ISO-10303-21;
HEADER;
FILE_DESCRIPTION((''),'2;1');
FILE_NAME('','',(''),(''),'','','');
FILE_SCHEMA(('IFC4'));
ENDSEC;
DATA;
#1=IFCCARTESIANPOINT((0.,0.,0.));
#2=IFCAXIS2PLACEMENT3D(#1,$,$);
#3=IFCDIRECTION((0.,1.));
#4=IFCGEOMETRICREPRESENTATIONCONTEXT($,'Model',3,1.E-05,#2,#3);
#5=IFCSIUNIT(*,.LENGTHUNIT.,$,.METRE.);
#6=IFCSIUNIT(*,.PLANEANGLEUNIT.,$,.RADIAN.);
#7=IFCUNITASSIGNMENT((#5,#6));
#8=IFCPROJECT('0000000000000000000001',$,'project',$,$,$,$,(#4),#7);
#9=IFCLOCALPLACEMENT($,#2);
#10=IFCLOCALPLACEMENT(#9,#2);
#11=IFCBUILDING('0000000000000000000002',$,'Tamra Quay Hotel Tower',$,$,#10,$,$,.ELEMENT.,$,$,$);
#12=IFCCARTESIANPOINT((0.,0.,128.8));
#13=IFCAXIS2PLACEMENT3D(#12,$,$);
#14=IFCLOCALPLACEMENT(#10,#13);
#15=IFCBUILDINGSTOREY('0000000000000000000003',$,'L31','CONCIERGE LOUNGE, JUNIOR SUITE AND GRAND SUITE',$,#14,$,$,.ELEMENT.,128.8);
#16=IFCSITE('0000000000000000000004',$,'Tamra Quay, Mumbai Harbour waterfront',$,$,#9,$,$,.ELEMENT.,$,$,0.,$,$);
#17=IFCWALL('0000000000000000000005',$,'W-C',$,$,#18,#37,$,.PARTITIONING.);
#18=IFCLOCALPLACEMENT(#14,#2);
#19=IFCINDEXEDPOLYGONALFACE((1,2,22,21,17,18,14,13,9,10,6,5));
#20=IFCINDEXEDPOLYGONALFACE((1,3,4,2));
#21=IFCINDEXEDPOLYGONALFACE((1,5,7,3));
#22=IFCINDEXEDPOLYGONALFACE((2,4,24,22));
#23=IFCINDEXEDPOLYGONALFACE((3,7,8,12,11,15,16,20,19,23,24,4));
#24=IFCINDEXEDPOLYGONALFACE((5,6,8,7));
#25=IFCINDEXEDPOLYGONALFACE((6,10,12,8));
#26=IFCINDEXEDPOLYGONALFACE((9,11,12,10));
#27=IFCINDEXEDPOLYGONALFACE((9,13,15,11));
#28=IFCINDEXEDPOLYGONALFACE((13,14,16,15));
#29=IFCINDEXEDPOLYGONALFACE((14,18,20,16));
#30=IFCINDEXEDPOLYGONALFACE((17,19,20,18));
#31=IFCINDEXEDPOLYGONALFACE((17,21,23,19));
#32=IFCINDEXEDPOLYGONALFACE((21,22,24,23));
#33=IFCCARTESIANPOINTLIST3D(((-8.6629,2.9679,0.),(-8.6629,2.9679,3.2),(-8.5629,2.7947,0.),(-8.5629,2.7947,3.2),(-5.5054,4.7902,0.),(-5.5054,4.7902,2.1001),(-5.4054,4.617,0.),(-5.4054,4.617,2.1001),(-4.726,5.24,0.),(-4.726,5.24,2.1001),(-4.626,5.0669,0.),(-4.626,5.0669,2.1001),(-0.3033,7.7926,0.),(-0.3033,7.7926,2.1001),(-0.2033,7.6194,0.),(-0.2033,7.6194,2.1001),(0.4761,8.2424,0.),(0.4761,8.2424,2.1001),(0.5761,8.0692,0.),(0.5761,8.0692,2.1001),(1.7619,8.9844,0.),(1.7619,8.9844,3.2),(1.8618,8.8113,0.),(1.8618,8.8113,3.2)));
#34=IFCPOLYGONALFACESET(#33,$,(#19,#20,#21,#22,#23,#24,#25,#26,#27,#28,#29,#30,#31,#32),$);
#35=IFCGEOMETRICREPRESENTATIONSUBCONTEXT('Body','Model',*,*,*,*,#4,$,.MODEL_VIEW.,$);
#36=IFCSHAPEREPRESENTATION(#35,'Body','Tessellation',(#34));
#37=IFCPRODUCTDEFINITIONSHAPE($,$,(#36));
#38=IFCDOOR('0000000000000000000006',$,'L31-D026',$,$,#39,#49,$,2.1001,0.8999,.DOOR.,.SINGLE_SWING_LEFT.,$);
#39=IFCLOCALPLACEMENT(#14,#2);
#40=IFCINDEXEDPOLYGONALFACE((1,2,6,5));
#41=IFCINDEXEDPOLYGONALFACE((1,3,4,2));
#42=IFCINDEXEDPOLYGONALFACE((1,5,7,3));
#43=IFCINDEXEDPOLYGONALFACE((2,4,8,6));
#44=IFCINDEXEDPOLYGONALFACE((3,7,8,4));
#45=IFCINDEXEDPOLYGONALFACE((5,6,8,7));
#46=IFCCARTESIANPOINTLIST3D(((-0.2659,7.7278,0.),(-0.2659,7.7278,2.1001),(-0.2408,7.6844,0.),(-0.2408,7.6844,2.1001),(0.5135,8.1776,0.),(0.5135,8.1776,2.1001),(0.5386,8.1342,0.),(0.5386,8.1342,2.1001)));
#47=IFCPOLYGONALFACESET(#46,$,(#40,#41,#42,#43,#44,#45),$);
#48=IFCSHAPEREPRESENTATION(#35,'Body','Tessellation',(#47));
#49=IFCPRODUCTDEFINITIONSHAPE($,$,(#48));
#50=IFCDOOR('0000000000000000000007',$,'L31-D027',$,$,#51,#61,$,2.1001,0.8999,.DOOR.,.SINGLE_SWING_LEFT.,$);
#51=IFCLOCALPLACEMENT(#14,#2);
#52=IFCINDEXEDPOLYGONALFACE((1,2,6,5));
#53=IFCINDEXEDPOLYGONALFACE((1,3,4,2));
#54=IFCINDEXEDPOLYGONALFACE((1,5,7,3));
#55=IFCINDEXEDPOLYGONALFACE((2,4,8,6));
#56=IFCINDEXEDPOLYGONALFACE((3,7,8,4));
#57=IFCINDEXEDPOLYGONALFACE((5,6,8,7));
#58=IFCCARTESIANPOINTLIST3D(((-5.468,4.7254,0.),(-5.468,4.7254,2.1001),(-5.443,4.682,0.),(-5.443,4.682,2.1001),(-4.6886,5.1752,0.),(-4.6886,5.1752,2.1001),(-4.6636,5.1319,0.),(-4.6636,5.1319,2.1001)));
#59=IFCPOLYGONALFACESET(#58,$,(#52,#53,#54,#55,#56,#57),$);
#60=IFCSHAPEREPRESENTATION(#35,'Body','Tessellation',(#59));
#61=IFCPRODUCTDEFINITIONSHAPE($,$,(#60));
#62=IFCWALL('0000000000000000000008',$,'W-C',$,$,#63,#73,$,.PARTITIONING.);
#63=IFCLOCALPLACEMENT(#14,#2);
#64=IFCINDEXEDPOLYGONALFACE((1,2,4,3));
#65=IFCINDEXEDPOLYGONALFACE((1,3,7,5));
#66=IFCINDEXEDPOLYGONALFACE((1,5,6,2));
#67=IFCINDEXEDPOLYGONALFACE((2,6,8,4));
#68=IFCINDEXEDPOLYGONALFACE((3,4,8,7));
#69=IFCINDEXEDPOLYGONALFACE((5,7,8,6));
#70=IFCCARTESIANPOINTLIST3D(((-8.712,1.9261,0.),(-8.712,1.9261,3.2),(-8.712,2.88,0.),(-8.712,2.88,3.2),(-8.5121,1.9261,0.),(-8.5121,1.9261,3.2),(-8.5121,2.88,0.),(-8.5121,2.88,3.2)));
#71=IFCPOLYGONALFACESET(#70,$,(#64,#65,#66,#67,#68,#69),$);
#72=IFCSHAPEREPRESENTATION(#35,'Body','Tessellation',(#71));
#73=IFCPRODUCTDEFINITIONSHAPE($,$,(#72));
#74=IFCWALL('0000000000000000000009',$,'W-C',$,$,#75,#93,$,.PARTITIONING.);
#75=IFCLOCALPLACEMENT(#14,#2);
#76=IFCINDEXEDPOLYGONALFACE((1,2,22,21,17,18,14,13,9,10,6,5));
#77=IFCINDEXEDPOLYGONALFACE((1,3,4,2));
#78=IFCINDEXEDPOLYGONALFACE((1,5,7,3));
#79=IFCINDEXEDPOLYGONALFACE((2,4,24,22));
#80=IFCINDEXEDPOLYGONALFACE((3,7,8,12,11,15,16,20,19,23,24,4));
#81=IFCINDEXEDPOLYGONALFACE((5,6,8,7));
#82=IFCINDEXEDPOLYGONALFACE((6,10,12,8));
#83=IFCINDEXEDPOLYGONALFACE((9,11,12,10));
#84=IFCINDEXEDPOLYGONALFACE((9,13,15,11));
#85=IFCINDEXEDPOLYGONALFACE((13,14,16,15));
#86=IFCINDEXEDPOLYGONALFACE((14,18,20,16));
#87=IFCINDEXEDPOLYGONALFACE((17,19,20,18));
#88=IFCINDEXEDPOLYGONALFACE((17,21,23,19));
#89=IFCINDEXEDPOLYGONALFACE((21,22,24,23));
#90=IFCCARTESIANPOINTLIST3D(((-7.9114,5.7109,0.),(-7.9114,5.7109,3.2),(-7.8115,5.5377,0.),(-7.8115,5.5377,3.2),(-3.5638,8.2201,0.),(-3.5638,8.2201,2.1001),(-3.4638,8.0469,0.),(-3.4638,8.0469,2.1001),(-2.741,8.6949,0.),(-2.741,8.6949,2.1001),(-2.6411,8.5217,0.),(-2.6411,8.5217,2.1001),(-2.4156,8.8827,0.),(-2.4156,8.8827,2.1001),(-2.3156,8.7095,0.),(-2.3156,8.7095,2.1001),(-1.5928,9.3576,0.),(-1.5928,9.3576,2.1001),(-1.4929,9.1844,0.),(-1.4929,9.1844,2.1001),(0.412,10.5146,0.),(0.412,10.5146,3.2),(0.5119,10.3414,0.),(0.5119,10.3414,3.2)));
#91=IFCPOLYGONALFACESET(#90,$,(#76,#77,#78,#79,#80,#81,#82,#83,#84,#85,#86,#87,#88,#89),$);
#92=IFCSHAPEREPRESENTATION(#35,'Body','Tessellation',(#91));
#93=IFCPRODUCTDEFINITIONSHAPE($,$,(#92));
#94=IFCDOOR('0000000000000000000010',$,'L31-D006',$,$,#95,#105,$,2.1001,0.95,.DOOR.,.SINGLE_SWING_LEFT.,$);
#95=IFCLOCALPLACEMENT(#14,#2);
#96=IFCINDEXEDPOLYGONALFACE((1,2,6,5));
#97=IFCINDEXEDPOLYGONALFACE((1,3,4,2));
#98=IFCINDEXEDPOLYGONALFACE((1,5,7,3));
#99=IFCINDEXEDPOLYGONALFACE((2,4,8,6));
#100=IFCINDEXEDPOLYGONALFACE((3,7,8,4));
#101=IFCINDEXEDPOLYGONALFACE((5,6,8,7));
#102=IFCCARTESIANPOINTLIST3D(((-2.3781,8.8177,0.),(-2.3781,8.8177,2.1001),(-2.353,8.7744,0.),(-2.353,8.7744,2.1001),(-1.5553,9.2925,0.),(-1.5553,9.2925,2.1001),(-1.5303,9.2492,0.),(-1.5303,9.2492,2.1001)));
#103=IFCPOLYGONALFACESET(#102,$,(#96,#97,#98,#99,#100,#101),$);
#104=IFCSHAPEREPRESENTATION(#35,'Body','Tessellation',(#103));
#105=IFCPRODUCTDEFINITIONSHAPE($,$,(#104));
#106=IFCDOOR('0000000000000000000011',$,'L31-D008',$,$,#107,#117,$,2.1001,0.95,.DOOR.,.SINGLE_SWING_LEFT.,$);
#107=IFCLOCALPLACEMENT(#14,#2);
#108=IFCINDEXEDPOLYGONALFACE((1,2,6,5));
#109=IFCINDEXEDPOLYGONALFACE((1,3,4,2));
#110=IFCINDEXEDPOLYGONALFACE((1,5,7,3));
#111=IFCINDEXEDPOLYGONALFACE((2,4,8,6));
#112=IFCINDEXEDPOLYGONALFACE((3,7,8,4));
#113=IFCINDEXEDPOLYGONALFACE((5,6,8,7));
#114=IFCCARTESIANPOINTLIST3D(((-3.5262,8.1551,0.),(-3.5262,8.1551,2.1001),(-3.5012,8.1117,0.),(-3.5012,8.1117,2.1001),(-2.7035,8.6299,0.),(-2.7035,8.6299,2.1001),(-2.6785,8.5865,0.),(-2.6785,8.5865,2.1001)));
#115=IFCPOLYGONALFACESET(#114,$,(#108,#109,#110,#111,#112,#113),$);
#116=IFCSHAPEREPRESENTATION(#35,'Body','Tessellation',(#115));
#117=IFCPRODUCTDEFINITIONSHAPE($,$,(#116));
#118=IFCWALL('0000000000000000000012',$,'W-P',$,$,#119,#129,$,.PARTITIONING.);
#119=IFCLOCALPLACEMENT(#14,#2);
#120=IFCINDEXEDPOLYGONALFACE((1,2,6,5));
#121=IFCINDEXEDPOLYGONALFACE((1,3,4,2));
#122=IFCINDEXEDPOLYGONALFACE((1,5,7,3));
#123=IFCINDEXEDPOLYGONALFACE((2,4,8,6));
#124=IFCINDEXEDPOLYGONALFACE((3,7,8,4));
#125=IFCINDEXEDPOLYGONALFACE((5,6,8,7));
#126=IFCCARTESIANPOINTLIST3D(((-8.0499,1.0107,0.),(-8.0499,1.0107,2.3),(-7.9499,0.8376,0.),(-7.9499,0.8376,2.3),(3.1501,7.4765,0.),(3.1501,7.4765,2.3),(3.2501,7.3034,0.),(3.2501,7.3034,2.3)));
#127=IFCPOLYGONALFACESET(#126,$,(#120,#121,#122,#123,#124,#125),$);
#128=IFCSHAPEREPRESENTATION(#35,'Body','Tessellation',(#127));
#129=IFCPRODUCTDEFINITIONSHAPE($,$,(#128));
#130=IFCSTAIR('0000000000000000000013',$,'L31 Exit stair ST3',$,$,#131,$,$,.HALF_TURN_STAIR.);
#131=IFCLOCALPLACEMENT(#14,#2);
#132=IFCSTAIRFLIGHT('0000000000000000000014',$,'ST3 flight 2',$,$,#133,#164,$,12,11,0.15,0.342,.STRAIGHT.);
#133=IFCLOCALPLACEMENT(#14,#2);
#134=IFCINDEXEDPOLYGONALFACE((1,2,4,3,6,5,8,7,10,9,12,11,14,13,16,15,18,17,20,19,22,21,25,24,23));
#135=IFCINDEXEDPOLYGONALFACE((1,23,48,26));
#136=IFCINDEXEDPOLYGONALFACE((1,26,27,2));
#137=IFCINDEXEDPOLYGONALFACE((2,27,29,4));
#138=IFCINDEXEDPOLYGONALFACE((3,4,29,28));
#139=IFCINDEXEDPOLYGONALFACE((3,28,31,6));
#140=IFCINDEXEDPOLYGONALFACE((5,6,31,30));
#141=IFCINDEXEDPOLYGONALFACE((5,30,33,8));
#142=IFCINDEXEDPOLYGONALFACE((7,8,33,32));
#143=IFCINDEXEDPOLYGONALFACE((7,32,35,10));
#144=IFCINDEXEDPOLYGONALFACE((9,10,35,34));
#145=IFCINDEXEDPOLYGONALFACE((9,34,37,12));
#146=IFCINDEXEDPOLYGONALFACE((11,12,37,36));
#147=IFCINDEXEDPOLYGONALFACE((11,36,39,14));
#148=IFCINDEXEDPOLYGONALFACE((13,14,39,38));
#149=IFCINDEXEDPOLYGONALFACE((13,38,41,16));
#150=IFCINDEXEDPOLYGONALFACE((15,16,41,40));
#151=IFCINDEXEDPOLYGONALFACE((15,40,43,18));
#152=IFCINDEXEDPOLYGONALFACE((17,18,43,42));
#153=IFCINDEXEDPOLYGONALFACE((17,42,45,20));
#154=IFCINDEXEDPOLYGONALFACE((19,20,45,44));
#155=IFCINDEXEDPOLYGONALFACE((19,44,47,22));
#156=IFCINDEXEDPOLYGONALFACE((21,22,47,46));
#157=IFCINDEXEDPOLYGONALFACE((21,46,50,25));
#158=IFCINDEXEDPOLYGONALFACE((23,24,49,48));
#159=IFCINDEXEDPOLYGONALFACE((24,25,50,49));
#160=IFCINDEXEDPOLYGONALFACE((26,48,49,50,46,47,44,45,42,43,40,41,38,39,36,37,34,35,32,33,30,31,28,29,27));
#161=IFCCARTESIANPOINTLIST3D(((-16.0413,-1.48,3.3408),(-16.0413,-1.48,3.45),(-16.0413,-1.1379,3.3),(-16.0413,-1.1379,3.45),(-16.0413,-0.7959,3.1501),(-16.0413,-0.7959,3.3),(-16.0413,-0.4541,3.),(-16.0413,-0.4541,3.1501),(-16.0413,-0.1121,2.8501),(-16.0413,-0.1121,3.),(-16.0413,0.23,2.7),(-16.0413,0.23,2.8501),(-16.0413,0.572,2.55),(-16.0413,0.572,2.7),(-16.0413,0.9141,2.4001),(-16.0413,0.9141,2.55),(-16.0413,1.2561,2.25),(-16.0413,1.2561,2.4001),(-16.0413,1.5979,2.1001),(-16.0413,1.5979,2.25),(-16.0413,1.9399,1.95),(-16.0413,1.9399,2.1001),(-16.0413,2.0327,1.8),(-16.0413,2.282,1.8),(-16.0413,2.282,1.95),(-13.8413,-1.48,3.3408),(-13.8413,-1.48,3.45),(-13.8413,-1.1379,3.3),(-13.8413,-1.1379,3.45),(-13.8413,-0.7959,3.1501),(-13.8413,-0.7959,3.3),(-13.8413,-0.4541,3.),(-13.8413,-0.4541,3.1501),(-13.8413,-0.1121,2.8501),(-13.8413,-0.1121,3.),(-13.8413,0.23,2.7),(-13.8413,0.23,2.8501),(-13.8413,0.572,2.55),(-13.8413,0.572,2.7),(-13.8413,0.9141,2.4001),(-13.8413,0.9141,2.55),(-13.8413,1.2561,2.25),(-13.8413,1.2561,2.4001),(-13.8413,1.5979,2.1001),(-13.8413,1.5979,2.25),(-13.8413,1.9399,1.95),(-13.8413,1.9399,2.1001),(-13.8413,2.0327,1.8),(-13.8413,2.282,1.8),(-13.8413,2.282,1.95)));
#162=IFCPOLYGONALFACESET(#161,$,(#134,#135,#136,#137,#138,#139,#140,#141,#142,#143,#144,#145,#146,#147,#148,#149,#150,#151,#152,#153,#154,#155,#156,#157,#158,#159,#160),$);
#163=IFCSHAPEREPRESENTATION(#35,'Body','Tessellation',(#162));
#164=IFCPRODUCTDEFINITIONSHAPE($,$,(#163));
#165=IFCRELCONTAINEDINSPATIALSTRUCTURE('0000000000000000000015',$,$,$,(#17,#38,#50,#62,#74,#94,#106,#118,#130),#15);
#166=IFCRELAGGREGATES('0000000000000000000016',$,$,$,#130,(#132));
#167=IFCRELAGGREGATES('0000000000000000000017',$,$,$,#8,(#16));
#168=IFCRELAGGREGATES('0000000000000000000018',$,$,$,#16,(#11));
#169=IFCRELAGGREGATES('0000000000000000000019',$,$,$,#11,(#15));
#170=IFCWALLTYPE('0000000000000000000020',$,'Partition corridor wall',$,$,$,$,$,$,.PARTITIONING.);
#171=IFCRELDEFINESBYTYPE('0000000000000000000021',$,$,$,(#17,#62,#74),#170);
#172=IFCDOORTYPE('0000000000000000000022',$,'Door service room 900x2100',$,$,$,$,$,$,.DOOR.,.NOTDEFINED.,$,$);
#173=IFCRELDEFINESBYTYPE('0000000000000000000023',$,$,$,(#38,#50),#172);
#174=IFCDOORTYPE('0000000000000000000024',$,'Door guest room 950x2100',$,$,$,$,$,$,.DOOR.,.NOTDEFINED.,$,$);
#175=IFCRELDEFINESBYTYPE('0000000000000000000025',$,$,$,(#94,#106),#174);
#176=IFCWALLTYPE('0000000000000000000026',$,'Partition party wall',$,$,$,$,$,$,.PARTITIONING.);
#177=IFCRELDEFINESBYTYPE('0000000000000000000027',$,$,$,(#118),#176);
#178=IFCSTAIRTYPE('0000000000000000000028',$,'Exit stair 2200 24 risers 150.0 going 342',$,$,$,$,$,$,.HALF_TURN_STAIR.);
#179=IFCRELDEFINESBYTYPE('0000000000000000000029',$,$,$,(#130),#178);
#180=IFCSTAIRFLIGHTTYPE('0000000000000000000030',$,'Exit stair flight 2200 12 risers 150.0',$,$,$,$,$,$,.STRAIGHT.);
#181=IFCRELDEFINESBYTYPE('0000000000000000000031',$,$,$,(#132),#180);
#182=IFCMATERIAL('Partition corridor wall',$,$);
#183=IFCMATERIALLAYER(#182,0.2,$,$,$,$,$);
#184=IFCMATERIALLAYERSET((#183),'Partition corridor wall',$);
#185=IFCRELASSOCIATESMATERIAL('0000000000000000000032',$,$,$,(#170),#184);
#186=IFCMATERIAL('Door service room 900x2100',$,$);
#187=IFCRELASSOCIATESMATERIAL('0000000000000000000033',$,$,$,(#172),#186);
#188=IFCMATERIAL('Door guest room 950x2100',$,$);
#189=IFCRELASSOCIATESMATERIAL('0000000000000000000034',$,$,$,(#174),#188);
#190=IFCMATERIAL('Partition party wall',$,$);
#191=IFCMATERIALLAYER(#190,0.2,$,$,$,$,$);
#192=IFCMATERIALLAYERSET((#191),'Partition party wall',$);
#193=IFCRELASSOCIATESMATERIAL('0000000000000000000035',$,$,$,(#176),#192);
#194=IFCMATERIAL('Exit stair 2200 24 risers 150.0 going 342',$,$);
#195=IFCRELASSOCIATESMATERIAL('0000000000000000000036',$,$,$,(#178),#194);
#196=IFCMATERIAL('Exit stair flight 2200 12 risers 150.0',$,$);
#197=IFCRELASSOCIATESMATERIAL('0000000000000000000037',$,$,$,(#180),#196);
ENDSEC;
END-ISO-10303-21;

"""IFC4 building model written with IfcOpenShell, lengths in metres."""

from ifc_helpers import new_model, si_unit, direction, frame, frame_2d, origin, place, context, subcontext, project, spatial, polyline, rectangle, outline, extrude, material, layer, layer_set, type_object, element, fill, aggregate, save


model = new_model("IFC4")

# Units and contexts
model_context = context("Model", 3, precision=1e-05, world=origin(), true_north=direction((0.0, 1.0)))
body_context = subcontext(model_context, "Body", "Model", "MODEL_VIEW")
ifc_project = project(units=[si_unit("LENGTHUNIT", "METRE"), si_unit("PLANEANGLEUNIT", "RADIAN")], contexts=[model_context])

# Site, building, storey
site_placement = place(None, origin())
site = spatial("IfcSite", under=ifc_project, at=site_placement, Name="Tamra Quay, Mumbai Harbour waterfront", CompositionType="ELEMENT", RefElevation=0.0)
building_placement = place(site_placement, origin())
building = spatial("IfcBuilding", under=site, at=building_placement, Name="Tamra Quay Hotel Tower", CompositionType="ELEMENT")
storey_placement = place(building_placement, frame((0.0, 0.0, 128.8)))
storey = spatial("IfcBuildingStorey", under=building, at=storey_placement, Name="L31", Description="CONCIERGE LOUNGE, JUNIOR SUITE AND GRAND SUITE", CompositionType="ELEMENT", Elevation=128.8)

# Shared definitions
ifc_material_1 = material(Name="Partition corridor wall")
ifc_layer_1 = layer(ifc_material_1, 0.2)
ifc_layer_set_1 = layer_set([ifc_layer_1], Name="Partition corridor wall")
wall_type_1 = type_object("IfcWallType", Name="Partition corridor wall", PredefinedType="PARTITIONING", material=ifc_layer_set_1)

# Wall, openings, doors
wall_1_placement = place(storey_placement, frame((-8.6128, 2.8813, 0.0), z_axis=(0.0, 0.0, 1.0), x_axis=(0.866103, 0.499865, 0.0)))
wall_1 = element("IfcWall", 1, at=wall_1_placement, inside=storey, type_object=wall_type_1, Name="W-C", PredefinedType="PARTITIONING", context=body_context, shape_type="SweptSolid", body=[
    extrude(rectangle(XDim=12.0364, YDim=0.2, at=frame_2d((6.0181, 0.0))), origin(), (0.0, 0.0, 1.0), 3.2),
])
opening_1_placement = place(wall_1_placement, frame((9.6519, 0.0, 0.0)))
opening_1 = element("IfcOpeningElement", 2, at=opening_1_placement, cuts=wall_1, PredefinedType="OPENING", context=body_context, shape_type="SweptSolid", body=[
    extrude(rectangle(XDim=0.8999, YDim=2.1001, at=frame_2d((0.45, 1.05))), frame((0.0, 0.1099, 0.0), z_axis=(0.0, -1.0, 0.0), x_axis=(1.0, 0.0, 0.0)), (0.0, 0.0, 1.0), 0.22),
])
opening_2_placement = place(wall_1_placement, frame((3.6455, 0.0, 0.0)))
opening_2 = element("IfcOpeningElement", 3, at=opening_2_placement, cuts=wall_1, PredefinedType="OPENING", context=body_context, shape_type="SweptSolid", body=[
    extrude(rectangle(XDim=0.8999, YDim=2.1001, at=frame_2d((0.45, 1.05))), frame((0.0, 0.1099, 0.0), z_axis=(0.0, -1.0, 0.0), x_axis=(1.0, 0.0, 0.0)), (0.0, 0.0, 1.0), 0.22),
])
ifc_material_2 = material(Name="Door service room 900x2100")
door_type_1 = type_object("IfcDoorType", Name="Door service room 900x2100", OperationType="NOTDEFINED", PredefinedType="DOOR", material=ifc_material_2)
door_1_placement = place(opening_1_placement, frame((0.8999, 0.0, 0.0), z_axis=(0.0, 0.0, 1.0), x_axis=(-1.0, 0.0, 0.0)))
door_1 = element("IfcDoor", 4, at=door_1_placement, inside=storey, type_object=door_type_1, Name="L31-D026", OperationType="SINGLE_SWING_LEFT", OverallHeight=2.1001, OverallWidth=0.8999, PredefinedType="DOOR", context=body_context, shape_type="SweptSolid", body=[
    extrude(rectangle(XDim=0.8999, YDim=2.1001, at=frame_2d((0.45, 1.05))), frame((0.0, 0.0249, 0.0), z_axis=(0.0, -1.0, 0.0), x_axis=(1.0, 0.0, 0.0)), (0.0, 0.0, 1.0), 0.05),
])
fill(opening_1, door_1)
door_2_placement = place(opening_2_placement, frame((0.8999, 0.0, 0.0), z_axis=(0.0, 0.0, 1.0), x_axis=(-1.0, 0.0, 0.0)))
door_2 = element("IfcDoor", 5, at=door_2_placement, inside=storey, type_object=door_type_1, Name="L31-D027", OperationType="SINGLE_SWING_LEFT", OverallHeight=2.1001, OverallWidth=0.8999, PredefinedType="DOOR", context=body_context, shape_type="SweptSolid", body=[
    extrude(rectangle(XDim=0.8999, YDim=2.1001, at=frame_2d((0.45, 1.05))), frame((0.0, 0.0249, 0.0), z_axis=(0.0, -1.0, 0.0), x_axis=(1.0, 0.0, 0.0)), (0.0, 0.0, 1.0), 0.05),
])
fill(opening_2, door_2)

# Wall
wall_2_placement = place(storey_placement, frame((-8.6121, 1.926, 0.0), z_axis=(0.0, 0.0, 1.0), x_axis=(0.0, 1.0, 0.0)))
element("IfcWall", 6, at=wall_2_placement, inside=storey, type_object=wall_type_1, Name="W-C", PredefinedType="PARTITIONING", context=body_context, shape_type="SweptSolid", body=[
    extrude(rectangle(XDim=0.9539, YDim=0.2, at=frame_2d((0.4771, 0.0))), origin(), (0.0, 0.0, 1.0), 3.2),
])

# Wall, openings, doors
wall_3_placement = place(storey_placement, frame((-7.8616, 5.6243, 0.0), z_axis=(0.0, 0.0, 1.0), x_axis=(0.866109, 0.499855, 0.0)))
wall_3 = element("IfcWall", 7, at=wall_3_placement, inside=storey, type_object=wall_type_1, Name="W-C", PredefinedType="PARTITIONING", context=body_context, shape_type="SweptSolid", body=[
    extrude(rectangle(XDim=9.6101, YDim=0.2, at=frame_2d((4.8052, 0.0))), origin(), (0.0, 0.0, 1.0), 3.2),
])
opening_3_placement = place(wall_3_placement, frame((6.3455, 0.0, 0.0)))
opening_3 = element("IfcOpeningElement", 8, at=opening_3_placement, cuts=wall_3, PredefinedType="OPENING", context=body_context, shape_type="SweptSolid", body=[
    extrude(rectangle(XDim=0.95, YDim=2.1001, at=frame_2d((0.4751, 1.05))), frame((0.0, 0.1099, 0.0), z_axis=(0.0, -1.0, 0.0), x_axis=(1.0, 0.0, 0.0)), (0.0, 0.0, 1.0), 0.22),
])
opening_4_placement = place(wall_3_placement, frame((5.0198, 0.0, 0.0)))
opening_4 = element("IfcOpeningElement", 9, at=opening_4_placement, cuts=wall_3, PredefinedType="OPENING", context=body_context, shape_type="SweptSolid", body=[
    extrude(rectangle(XDim=0.95, YDim=2.1001, at=frame_2d((0.4751, 1.05))), frame((0.0, 0.1099, 0.0), z_axis=(0.0, -1.0, 0.0), x_axis=(1.0, 0.0, 0.0)), (0.0, 0.0, 1.0), 0.22),
])
ifc_material_3 = material(Name="Door guest room 950x2100")
door_type_2 = type_object("IfcDoorType", Name="Door guest room 950x2100", OperationType="NOTDEFINED", PredefinedType="DOOR", material=ifc_material_3)
door_3_placement = place(opening_3_placement, origin())
door_3 = element("IfcDoor", 10, at=door_3_placement, inside=storey, type_object=door_type_2, Name="L31-D006", OperationType="SINGLE_SWING_LEFT", OverallHeight=2.1001, OverallWidth=0.95, PredefinedType="DOOR", context=body_context, shape_type="SweptSolid", body=[
    extrude(rectangle(XDim=0.95, YDim=2.1001, at=frame_2d((0.4751, 1.05))), frame((0.0, 0.0249, 0.0), z_axis=(0.0, -1.0, 0.0), x_axis=(1.0, 0.0, 0.0)), (0.0, 0.0, 1.0), 0.05),
])
fill(opening_3, door_3)
door_4_placement = place(opening_4_placement, origin())
door_4 = element("IfcDoor", 11, at=door_4_placement, inside=storey, type_object=door_type_2, Name="L31-D008", OperationType="SINGLE_SWING_LEFT", OverallHeight=2.1001, OverallWidth=0.95, PredefinedType="DOOR", context=body_context, shape_type="SweptSolid", body=[
    extrude(rectangle(XDim=0.95, YDim=2.1001, at=frame_2d((0.4751, 1.05))), frame((0.0, 0.0249, 0.0), z_axis=(0.0, -1.0, 0.0), x_axis=(1.0, 0.0, 0.0)), (0.0, 0.0, 1.0), 0.05),
])
fill(opening_4, door_4)

# Wall
ifc_material_4 = material(Name="Partition party wall")
ifc_layer_2 = layer(ifc_material_4, 0.2)
ifc_layer_set_2 = layer_set([ifc_layer_2], Name="Partition party wall")
wall_type_2 = type_object("IfcWallType", Name="Partition party wall", PredefinedType="PARTITIONING", material=ifc_layer_set_2)
wall_4_placement = place(storey_placement, frame((-8.0, 0.9241, 0.0), z_axis=(0.0, 0.0, 1.0), x_axis=(0.866041, 0.499972, 0.0)))
element("IfcWall", 12, at=wall_4_placement, inside=storey, type_object=wall_type_2, Name="W-P", PredefinedType="PARTITIONING", context=body_context, shape_type="SweptSolid", body=[
    extrude(rectangle(XDim=12.9324, YDim=0.2, at=frame_2d((6.4663, 0.0))), origin(), (0.0, 0.0, 1.0), 2.3),
])

# Stair, stair flight
ifc_material_5 = material(Name="Exit stair 2200 24 risers 150.0 going 342")
stair_type = type_object("IfcStairType", Name="Exit stair 2200 24 risers 150.0 going 342", PredefinedType="HALF_TURN_STAIR", material=ifc_material_5)
stair_placement = place(storey_placement, origin())
stair = element("IfcStair", 13, at=stair_placement, inside=storey, type_object=stair_type, Name="L31 Exit stair ST3", PredefinedType="HALF_TURN_STAIR")
ifc_material_6 = material(Name="Exit stair flight 2200 12 risers 150.0")
stair_flight_type = type_object("IfcStairFlightType", Name="Exit stair flight 2200 12 risers 150.0", PredefinedType="STRAIGHT", material=ifc_material_6)
stair_flight_placement = place(storey_placement, frame((-14.9414, 2.282, 1.8), z_axis=(0.0, 0.0, 1.0), x_axis=(0.0, -1.0, 0.0)))
stair_flight = element("IfcStairFlight", 14, at=stair_flight_placement, type_object=stair_flight_type, Name="ST3 flight 2", NumberOfRisers=12, NumberOfTreads=11, PredefinedType="STRAIGHT", RiserHeight=0.15, TreadLength=0.342, context=body_context, shape_type="SweptSolid", body=[
    extrude(outline(polyline([(0.0, 0.0), (0.0, 0.1499), (0.342, 0.1499), (0.342, 0.3), (0.6841, 0.3), (0.6841, 0.45), (1.0259, 0.45), (1.0259, 0.6001), (1.3679, 0.6001), (1.3679, 0.75), (1.71, 0.75), (1.71, 0.8999), (2.052, 0.8999), (2.052, 1.05), (2.394, 1.05), (2.394, 1.2), (2.7361, 1.2), (2.7361, 1.3501), (3.0779, 1.3501), (3.0779, 1.5), (3.4199, 1.5), (3.4199, 1.6499), (3.762, 1.6499), (3.762, 1.8), (3.762, 1.5408), (0.2493, 0.0), (0.0, 0.0)])), frame((0.0, 1.1001, 0.0), z_axis=(0.0, -1.0, 0.0), x_axis=(1.0, 0.0, 0.0)), (0.0, 0.0, 1.0), 2.2),
])
aggregate(stair, [stair_flight])

save(model, "model.ifc")
